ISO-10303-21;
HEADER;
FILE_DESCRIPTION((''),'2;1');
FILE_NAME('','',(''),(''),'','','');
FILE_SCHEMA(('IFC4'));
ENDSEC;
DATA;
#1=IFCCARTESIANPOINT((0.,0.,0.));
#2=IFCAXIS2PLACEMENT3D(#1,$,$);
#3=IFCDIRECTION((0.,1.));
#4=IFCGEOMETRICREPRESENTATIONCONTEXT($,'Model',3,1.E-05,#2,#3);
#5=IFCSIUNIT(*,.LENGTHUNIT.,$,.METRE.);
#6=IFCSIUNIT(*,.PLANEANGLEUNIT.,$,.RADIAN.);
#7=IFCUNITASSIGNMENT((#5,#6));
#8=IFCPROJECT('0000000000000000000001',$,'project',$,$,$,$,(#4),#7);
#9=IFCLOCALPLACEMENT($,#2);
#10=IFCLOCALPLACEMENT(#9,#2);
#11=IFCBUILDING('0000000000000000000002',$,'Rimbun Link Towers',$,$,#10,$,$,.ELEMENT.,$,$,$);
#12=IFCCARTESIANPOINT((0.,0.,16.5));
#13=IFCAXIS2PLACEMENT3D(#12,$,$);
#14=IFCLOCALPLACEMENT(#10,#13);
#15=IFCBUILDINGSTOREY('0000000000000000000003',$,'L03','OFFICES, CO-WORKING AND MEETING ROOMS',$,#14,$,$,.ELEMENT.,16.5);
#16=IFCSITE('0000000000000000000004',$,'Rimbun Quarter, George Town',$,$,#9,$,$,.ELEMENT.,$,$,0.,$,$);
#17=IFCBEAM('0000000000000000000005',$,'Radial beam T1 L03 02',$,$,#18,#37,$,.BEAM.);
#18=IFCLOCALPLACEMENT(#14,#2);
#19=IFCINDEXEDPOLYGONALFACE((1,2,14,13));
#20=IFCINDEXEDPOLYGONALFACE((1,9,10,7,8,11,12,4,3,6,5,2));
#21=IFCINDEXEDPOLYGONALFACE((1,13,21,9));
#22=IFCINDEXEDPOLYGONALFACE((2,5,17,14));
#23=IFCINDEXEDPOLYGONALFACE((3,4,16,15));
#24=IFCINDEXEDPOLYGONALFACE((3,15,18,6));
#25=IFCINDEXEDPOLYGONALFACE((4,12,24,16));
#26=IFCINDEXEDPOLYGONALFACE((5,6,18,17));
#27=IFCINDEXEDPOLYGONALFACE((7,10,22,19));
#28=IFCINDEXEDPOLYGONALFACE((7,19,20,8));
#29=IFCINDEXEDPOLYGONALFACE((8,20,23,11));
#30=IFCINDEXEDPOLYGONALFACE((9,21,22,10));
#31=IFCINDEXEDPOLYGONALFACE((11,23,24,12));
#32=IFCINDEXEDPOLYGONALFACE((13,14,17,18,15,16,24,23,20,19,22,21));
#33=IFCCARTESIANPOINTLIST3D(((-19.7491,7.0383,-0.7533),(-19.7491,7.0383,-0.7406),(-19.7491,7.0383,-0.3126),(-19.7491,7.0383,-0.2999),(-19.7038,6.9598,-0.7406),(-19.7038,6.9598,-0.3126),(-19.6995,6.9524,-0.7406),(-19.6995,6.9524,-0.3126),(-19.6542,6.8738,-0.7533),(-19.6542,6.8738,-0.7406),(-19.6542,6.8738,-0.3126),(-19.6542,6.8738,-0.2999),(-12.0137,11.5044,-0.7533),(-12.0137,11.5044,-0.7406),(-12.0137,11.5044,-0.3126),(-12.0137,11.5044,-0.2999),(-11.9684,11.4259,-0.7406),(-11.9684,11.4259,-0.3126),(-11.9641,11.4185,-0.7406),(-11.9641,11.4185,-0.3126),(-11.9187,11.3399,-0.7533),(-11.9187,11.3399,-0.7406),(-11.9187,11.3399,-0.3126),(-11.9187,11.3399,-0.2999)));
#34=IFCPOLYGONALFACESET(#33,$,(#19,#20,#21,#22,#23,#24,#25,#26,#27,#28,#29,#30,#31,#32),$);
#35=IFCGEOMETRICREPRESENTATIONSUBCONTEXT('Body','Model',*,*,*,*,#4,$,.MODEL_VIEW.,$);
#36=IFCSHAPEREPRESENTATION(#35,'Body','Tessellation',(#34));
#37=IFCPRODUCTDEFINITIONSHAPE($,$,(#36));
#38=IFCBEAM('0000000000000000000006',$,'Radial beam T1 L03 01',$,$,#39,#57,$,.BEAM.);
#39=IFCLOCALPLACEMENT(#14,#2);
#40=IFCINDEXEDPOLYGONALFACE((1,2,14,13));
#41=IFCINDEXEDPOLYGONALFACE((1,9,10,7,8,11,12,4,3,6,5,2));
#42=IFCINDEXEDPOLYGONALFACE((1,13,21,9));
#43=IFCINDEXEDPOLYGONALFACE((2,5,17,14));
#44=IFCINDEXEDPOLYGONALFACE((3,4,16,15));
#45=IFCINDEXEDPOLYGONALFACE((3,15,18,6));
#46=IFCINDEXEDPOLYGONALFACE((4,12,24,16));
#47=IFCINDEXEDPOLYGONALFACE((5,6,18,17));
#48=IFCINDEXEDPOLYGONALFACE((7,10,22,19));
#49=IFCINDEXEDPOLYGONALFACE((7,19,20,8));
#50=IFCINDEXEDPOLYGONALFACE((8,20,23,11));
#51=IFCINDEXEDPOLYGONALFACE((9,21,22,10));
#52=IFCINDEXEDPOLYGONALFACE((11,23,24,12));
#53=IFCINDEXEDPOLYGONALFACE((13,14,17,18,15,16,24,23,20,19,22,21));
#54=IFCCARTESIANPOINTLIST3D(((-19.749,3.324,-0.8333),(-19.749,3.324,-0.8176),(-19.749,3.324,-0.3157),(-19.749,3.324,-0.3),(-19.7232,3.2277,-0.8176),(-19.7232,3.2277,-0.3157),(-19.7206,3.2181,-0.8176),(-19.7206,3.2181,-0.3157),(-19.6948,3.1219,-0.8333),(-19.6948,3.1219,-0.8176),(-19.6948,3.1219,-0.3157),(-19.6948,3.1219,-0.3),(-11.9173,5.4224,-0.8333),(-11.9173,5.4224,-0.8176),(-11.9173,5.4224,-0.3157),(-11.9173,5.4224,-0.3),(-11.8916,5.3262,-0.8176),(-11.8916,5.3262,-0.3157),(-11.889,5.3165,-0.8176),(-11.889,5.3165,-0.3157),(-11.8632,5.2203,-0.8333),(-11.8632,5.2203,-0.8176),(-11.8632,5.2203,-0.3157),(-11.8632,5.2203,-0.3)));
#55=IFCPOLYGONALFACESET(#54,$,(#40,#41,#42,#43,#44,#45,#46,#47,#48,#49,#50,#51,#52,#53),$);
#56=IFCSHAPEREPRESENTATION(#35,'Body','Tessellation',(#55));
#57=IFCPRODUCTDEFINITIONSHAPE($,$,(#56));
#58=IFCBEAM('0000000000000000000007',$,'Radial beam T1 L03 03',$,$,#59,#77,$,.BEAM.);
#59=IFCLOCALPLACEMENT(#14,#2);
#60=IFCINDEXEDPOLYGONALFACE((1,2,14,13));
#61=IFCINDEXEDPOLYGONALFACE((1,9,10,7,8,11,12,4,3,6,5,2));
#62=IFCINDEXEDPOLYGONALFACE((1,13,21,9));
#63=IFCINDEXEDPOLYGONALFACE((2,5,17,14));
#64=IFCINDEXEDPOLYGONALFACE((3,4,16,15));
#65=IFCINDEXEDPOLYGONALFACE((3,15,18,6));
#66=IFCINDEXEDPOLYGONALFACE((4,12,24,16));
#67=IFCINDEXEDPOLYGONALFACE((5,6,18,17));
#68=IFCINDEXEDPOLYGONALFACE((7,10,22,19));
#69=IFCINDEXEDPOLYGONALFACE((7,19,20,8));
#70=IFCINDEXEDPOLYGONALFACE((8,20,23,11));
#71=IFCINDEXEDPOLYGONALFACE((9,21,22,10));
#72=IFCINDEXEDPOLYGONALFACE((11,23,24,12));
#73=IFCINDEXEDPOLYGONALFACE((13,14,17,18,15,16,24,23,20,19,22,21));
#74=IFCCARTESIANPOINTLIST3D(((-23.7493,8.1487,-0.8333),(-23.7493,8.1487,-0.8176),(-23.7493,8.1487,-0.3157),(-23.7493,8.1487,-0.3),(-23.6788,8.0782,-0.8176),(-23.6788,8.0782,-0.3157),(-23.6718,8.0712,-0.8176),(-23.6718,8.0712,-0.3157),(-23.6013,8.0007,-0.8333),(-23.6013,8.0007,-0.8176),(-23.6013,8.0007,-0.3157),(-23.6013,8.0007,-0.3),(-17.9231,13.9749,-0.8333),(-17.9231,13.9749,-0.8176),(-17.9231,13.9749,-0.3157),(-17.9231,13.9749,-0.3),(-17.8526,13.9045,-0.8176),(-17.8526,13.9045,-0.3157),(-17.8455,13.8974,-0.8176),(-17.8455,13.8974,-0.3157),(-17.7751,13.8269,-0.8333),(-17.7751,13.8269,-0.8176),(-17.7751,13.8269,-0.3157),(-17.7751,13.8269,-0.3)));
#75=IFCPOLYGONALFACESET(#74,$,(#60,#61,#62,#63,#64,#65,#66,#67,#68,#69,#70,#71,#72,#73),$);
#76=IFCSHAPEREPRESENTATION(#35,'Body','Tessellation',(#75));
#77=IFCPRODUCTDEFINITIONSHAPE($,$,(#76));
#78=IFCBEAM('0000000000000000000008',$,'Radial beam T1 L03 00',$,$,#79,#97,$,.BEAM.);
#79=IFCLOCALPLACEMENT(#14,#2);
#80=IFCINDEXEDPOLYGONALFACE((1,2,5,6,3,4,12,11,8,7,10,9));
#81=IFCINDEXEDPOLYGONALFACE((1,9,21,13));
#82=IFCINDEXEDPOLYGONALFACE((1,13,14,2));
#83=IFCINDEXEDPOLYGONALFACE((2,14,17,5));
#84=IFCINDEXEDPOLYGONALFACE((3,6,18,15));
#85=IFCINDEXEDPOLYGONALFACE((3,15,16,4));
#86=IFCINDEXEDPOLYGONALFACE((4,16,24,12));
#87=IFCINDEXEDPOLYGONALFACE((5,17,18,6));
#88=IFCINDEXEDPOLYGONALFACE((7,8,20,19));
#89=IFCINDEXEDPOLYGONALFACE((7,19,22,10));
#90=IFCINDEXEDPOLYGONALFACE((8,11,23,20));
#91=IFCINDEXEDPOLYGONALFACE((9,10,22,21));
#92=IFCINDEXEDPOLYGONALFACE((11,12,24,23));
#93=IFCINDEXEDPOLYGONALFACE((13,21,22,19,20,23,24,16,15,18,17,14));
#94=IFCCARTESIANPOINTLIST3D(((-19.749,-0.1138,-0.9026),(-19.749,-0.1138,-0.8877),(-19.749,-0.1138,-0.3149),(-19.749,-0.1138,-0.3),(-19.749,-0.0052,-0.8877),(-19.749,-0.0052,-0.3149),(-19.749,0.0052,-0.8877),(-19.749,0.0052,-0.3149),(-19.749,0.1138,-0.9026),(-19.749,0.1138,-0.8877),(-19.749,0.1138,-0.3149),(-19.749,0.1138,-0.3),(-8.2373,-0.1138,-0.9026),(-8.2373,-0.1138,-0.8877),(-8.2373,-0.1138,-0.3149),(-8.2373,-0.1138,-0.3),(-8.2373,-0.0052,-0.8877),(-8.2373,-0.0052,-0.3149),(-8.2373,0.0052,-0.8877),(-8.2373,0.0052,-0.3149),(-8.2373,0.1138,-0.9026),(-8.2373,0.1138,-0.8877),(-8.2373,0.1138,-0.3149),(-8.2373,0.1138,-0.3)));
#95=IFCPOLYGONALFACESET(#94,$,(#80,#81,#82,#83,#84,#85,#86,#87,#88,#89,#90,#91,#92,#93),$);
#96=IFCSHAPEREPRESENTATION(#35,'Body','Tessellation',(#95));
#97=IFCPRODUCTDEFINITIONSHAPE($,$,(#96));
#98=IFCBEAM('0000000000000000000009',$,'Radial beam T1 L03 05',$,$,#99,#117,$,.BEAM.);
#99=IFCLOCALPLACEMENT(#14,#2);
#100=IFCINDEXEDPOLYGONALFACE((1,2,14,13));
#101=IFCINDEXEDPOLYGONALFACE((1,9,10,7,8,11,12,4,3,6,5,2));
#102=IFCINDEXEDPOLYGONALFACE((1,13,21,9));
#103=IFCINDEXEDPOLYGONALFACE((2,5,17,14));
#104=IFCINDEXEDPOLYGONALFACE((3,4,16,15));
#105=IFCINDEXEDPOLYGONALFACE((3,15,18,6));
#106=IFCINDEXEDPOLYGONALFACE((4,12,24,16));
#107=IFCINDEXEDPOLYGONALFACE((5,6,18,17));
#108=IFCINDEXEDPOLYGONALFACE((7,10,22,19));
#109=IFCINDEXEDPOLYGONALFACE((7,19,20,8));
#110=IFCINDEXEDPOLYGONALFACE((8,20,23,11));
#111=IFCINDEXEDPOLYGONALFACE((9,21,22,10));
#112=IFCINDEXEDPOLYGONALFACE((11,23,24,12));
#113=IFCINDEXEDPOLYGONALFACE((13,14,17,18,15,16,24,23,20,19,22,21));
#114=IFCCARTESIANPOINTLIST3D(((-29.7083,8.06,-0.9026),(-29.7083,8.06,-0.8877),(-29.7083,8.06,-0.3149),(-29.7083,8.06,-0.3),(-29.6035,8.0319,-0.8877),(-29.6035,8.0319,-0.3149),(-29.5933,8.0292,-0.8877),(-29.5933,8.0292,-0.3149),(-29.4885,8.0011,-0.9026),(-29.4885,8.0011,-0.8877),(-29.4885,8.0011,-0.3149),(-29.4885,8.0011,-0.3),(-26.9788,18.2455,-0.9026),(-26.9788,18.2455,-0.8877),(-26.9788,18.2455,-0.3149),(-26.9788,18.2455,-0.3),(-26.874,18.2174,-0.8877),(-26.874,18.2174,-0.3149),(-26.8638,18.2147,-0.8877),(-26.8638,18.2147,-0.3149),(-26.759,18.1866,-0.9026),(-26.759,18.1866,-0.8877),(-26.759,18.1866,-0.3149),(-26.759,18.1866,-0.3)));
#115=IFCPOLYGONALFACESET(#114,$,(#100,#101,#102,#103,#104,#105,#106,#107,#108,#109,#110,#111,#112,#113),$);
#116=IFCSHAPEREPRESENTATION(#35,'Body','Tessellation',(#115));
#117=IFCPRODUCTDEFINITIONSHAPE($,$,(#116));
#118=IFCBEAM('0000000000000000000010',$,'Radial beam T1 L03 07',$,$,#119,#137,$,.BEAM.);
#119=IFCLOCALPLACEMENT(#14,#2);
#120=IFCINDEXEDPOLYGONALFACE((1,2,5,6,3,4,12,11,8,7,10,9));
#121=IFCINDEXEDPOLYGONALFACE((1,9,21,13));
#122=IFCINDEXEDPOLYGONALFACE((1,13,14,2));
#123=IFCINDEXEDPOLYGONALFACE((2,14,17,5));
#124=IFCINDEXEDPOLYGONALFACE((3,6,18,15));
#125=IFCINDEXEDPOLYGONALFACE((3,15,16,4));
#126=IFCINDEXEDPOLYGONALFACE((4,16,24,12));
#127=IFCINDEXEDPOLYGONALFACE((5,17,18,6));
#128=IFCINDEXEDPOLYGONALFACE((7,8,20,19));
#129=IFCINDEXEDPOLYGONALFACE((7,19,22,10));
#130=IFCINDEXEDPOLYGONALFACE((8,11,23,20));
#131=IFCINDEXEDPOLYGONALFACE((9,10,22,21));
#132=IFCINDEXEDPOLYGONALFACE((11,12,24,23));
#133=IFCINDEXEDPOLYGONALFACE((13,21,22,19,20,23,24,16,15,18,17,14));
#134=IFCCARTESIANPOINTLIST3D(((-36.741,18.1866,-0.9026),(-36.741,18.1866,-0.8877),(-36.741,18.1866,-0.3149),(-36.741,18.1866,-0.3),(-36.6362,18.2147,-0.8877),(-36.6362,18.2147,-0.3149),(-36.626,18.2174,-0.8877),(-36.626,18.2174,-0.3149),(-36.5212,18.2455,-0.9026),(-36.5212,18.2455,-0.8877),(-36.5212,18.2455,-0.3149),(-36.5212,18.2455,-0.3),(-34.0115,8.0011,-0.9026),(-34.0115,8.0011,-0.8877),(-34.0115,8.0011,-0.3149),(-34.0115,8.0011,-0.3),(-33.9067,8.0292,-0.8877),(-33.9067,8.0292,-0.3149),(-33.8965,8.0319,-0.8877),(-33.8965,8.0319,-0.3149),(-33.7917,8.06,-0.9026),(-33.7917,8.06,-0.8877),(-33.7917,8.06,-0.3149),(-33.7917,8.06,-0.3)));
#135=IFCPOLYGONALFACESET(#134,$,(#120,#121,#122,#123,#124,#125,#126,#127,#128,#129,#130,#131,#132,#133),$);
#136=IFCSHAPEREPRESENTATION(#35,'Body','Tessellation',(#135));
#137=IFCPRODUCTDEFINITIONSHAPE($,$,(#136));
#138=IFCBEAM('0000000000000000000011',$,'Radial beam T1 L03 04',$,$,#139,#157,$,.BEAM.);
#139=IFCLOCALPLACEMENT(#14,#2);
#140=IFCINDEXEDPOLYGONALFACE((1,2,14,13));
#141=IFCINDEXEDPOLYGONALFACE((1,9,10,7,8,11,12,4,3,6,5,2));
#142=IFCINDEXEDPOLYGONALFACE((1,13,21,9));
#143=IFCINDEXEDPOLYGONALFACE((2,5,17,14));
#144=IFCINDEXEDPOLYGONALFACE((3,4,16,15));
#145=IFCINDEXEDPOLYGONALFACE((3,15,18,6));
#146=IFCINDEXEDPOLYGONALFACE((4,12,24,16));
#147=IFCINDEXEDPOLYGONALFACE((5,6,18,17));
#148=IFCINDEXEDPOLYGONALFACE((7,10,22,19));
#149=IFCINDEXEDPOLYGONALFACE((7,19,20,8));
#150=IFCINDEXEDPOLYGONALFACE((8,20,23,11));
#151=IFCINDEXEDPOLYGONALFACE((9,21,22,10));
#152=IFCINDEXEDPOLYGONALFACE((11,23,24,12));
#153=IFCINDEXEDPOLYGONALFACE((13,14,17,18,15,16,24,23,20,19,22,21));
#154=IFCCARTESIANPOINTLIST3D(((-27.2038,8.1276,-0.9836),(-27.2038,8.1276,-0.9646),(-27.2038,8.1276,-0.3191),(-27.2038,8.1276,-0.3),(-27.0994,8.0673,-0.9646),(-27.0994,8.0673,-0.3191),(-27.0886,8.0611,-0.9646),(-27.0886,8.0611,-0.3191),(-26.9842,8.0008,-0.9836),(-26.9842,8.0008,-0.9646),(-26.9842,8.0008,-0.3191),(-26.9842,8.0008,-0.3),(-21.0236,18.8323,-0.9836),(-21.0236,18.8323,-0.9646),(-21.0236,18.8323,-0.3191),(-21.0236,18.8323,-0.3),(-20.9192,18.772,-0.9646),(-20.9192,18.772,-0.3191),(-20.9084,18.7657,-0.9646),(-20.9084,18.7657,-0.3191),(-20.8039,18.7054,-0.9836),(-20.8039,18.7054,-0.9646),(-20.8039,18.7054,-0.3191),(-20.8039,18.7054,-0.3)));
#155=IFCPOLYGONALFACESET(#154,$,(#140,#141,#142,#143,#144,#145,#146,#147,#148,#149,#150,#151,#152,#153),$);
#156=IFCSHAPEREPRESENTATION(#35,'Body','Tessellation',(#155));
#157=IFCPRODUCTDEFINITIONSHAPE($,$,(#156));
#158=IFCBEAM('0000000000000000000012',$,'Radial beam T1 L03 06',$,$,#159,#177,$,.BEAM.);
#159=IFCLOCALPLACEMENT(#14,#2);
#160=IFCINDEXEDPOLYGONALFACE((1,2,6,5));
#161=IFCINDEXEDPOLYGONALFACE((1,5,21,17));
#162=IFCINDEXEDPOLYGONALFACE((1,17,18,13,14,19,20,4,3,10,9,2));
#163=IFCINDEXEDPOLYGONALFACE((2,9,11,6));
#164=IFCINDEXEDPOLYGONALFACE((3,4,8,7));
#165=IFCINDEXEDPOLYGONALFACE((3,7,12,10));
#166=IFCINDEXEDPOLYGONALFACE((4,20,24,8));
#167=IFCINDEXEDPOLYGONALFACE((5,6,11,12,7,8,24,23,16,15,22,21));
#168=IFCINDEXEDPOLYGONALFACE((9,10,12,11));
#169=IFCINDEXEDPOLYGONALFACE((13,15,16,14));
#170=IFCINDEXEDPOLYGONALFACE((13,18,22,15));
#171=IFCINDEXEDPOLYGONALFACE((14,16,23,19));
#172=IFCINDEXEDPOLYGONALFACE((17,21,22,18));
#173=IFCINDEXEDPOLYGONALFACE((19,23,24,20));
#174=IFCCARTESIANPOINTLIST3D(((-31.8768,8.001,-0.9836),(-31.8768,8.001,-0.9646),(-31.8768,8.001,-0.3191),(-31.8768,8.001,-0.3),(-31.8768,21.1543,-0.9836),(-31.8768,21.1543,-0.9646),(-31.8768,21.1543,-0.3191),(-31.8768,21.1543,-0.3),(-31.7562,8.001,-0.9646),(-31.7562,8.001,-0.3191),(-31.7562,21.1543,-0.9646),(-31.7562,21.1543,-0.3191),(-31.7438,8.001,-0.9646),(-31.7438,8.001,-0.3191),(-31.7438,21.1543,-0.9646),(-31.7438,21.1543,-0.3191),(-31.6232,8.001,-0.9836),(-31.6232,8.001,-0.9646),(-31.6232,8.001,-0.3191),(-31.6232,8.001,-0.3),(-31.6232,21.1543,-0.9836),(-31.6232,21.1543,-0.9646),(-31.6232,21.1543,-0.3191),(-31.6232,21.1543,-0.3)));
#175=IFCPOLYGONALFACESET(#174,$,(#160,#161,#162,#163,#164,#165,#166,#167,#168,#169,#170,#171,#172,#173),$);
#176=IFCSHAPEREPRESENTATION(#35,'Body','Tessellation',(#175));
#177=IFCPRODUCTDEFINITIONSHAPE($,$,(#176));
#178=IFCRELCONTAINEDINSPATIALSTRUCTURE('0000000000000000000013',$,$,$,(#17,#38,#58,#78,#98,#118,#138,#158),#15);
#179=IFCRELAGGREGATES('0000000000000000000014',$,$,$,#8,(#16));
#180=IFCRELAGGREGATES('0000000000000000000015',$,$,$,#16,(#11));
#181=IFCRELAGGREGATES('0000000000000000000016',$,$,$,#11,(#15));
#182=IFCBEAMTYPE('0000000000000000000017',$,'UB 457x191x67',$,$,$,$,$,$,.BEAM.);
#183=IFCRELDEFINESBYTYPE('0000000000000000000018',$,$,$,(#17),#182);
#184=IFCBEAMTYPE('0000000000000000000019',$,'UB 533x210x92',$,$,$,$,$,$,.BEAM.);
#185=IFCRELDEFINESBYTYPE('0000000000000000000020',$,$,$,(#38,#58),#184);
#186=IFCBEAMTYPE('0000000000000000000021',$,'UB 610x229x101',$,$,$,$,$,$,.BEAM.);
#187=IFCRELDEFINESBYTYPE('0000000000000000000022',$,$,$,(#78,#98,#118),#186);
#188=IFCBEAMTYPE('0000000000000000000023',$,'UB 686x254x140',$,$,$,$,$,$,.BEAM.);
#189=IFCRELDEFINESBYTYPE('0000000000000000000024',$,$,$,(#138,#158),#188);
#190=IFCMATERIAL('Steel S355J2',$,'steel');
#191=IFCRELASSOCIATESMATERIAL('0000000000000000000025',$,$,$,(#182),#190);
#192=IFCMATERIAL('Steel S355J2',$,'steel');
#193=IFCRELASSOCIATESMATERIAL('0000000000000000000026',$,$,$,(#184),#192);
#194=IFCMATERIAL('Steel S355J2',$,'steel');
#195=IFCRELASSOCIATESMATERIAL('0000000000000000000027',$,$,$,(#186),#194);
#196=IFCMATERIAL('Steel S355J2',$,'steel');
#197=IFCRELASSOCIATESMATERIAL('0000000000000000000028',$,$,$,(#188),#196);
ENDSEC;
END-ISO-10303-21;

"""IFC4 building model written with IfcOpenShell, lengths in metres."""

from ifc_helpers import new_model, si_unit, direction, frame, origin, origin_2d, place, context, subcontext, project, spatial, i_section, extrude, material, material_profile, profile_set, type_object, element, save


model = new_model("IFC4")

# Units and contexts
model_context = context("Model", 3, precision=1e-05, world=origin(), true_north=direction((0.0, 1.0)))
body_context = subcontext(model_context, "Body", "Model", "MODEL_VIEW")
ifc_project = project(units=[si_unit("LENGTHUNIT", "METRE"), si_unit("PLANEANGLEUNIT", "RADIAN")], contexts=[model_context])

# Site, building, storey
site_placement = place(None, origin())
site = spatial("IfcSite", under=ifc_project, at=site_placement, Name="Rimbun Quarter, George Town", CompositionType="ELEMENT", RefElevation=0.0)
building_placement = place(site_placement, origin())
building = spatial("IfcBuilding", under=site, at=building_placement, Name="Rimbun Link Towers", CompositionType="ELEMENT")
storey_placement = place(building_placement, frame((0.0, 0.0, 16.5)))
storey = spatial("IfcBuildingStorey", under=building, at=storey_placement, Name="L03", Description="OFFICES, CO-WORKING AND MEETING ROOMS", CompositionType="ELEMENT", Elevation=16.5)

# Beams
ifc_material_1 = material(Name="Steel S355J2", Category="steel")
ifc_material_profile_1 = material_profile(ifc_material_1, i_section(OverallWidth=0.1899, OverallDepth=0.4534, WebThickness=0.0085, FlangeThickness=0.0127, at=origin_2d()), Name="UB 457x191x67")
ifc_profile_set_1 = profile_set([ifc_material_profile_1], Name="Steel S355J2")
beam_type_1 = type_object("IfcBeamType", Name="UB 457x191x67", PredefinedType="BEAM", material=ifc_profile_set_1)
beam_1_placement = place(storey_placement, frame((-19.7017, 6.9561, -0.5266), z_axis=(0.866023, 0.500005, 0.0), x_axis=(-0.500005, 0.866023, 0.0)))
element("IfcBeam", 1, at=beam_1_placement, inside=storey, type_object=beam_type_1, Name="Radial beam T1 L03 02", PredefinedType="BEAM", context=body_context, shape_type="SweptSolid", body=[
    extrude(i_section(OverallWidth=0.1899, OverallDepth=0.4534, WebThickness=0.0085, FlangeThickness=0.0127, at=origin_2d()), origin(), (0.0, 0.0, 1.0), 8.9321),
])
ifc_material_2 = material(Name="Steel S355J2", Category="steel")
ifc_material_profile_2 = material_profile(ifc_material_2, i_section(OverallWidth=0.2092, OverallDepth=0.5332, WebThickness=0.01, FlangeThickness=0.0156, at=origin_2d()), Name="UB 533x210x92")
ifc_profile_set_2 = profile_set([ifc_material_profile_2], Name="Steel S355J2")
beam_type_2 = type_object("IfcBeamType", Name="UB 533x210x92", PredefinedType="BEAM", material=ifc_profile_set_2)
beam_2_placement = place(storey_placement, frame((-19.7219, 3.2229, -0.5667), z_axis=(0.965928, 0.258811, 0.0), x_axis=(-0.258811, 0.965928, 0.0)))
element("IfcBeam", 2, at=beam_2_placement, inside=storey, type_object=beam_type_2, Name="Radial beam T1 L03 01", PredefinedType="BEAM", context=body_context, shape_type="SweptSolid", body=[
    extrude(i_section(OverallWidth=0.2092, OverallDepth=0.5332, WebThickness=0.01, FlangeThickness=0.0156, at=origin_2d()), origin(), (0.0, 0.0, 1.0), 8.1079),
])
beam_3_placement = place(storey_placement, frame((-23.6753, 8.0747, -0.5667), z_axis=(0.707107, 0.707107, 0.0), x_axis=(-0.707107, 0.707107, 0.0)))
element("IfcBeam", 3, at=beam_3_placement, inside=storey, type_object=beam_type_2, Name="Radial beam T1 L03 03", PredefinedType="BEAM", context=body_context, shape_type="SweptSolid", body=[
    extrude(i_section(OverallWidth=0.2092, OverallDepth=0.5332, WebThickness=0.01, FlangeThickness=0.0156, at=origin_2d()), origin(), (0.0, 0.0, 1.0), 8.2395),
])
ifc_material_3 = material(Name="Steel S355J2", Category="steel")
ifc_material_profile_3 = material_profile(ifc_material_3, i_section(OverallWidth=0.2275, OverallDepth=0.6025, WebThickness=0.0105, FlangeThickness=0.0149, at=origin_2d()), Name="UB 610x229x101")
ifc_profile_set_3 = profile_set([ifc_material_profile_3], Name="Steel S355J2")
beam_type_3 = type_object("IfcBeamType", Name="UB 610x229x101", PredefinedType="BEAM", material=ifc_profile_set_3)
beam_4_placement = place(storey_placement, frame((-19.749, 0.0, -0.6013), z_axis=(1.0, 0.0, 0.0), x_axis=(0.0, 1.0, 0.0)))
element("IfcBeam", 4, at=beam_4_placement, inside=storey, type_object=beam_type_3, Name="Radial beam T1 L03 00", PredefinedType="BEAM", context=body_context, shape_type="SweptSolid", body=[
    extrude(i_section(OverallWidth=0.2275, OverallDepth=0.6025, WebThickness=0.0105, FlangeThickness=0.0149, at=origin_2d()), origin(), (0.0, 0.0, 1.0), 11.5117),
])
for number, where, z_axis, x_axis, name in (
    (5, (-29.5984, 8.0305, -0.6013), (0.258844, 0.965919, 0.0), (-0.965919, 0.258844, 0.0), "Radial beam T1 L03 05"),
    (6, (-33.9016, 8.0305, -0.6013), (-0.258844, 0.965919, 0.0), (-0.965919, -0.258844, 0.0), "Radial beam T1 L03 07"),
):
    element("IfcBeam", number, at=place(storey_placement, frame(where, z_axis=z_axis, x_axis=x_axis)), inside=storey, type_object=beam_type_3, Name=name, PredefinedType="BEAM", context=body_context, shape_type="SweptSolid", body=[
        extrude(i_section(OverallWidth=0.2275, OverallDepth=0.6025, WebThickness=0.0105, FlangeThickness=0.0149, at=origin_2d()), origin(), (0.0, 0.0, 1.0), 10.5449),
    ])
ifc_material_4 = material(Name="Steel S355J2", Category="steel")
ifc_material_profile_4 = material_profile(ifc_material_4, i_section(OverallWidth=0.2537, OverallDepth=0.6836, WebThickness=0.0125, FlangeThickness=0.019, at=origin_2d()), Name="UB 686x254x140")
ifc_profile_set_4 = profile_set([ifc_material_profile_4], Name="Steel S355J2")
beam_type_4 = type_object("IfcBeamType", Name="UB 686x254x140", PredefinedType="BEAM", material=ifc_profile_set_4)
beam_5_placement = place(storey_placement, frame((-27.094, 8.0642, -0.6418), z_axis=(0.499993, 0.86603, 0.0), x_axis=(-0.86603, 0.499993, 0.0)))
element("IfcBeam", 7, at=beam_5_placement, inside=storey, type_object=beam_type_4, Name="Radial beam T1 L03 04", PredefinedType="BEAM", context=body_context, shape_type="SweptSolid", body=[
    extrude(i_section(OverallWidth=0.2537, OverallDepth=0.6836, WebThickness=0.0125, FlangeThickness=0.019, at=origin_2d()), origin(), (0.0, 0.0, 1.0), 12.3606),
])
beam_6_placement = place(storey_placement, frame((-31.75, 8.001, -0.6418), z_axis=(0.0, 1.0, 0.0), x_axis=(-1.0, 0.0, 0.0)))
element("IfcBeam", 8, at=beam_6_placement, inside=storey, type_object=beam_type_4, Name="Radial beam T1 L03 06", PredefinedType="BEAM", context=body_context, shape_type="SweptSolid", body=[
    extrude(i_section(OverallWidth=0.2537, OverallDepth=0.6836, WebThickness=0.0125, FlangeThickness=0.019, at=origin_2d()), origin(), (0.0, 0.0, 1.0), 13.1533),
])

save(model, "model.ifc")
